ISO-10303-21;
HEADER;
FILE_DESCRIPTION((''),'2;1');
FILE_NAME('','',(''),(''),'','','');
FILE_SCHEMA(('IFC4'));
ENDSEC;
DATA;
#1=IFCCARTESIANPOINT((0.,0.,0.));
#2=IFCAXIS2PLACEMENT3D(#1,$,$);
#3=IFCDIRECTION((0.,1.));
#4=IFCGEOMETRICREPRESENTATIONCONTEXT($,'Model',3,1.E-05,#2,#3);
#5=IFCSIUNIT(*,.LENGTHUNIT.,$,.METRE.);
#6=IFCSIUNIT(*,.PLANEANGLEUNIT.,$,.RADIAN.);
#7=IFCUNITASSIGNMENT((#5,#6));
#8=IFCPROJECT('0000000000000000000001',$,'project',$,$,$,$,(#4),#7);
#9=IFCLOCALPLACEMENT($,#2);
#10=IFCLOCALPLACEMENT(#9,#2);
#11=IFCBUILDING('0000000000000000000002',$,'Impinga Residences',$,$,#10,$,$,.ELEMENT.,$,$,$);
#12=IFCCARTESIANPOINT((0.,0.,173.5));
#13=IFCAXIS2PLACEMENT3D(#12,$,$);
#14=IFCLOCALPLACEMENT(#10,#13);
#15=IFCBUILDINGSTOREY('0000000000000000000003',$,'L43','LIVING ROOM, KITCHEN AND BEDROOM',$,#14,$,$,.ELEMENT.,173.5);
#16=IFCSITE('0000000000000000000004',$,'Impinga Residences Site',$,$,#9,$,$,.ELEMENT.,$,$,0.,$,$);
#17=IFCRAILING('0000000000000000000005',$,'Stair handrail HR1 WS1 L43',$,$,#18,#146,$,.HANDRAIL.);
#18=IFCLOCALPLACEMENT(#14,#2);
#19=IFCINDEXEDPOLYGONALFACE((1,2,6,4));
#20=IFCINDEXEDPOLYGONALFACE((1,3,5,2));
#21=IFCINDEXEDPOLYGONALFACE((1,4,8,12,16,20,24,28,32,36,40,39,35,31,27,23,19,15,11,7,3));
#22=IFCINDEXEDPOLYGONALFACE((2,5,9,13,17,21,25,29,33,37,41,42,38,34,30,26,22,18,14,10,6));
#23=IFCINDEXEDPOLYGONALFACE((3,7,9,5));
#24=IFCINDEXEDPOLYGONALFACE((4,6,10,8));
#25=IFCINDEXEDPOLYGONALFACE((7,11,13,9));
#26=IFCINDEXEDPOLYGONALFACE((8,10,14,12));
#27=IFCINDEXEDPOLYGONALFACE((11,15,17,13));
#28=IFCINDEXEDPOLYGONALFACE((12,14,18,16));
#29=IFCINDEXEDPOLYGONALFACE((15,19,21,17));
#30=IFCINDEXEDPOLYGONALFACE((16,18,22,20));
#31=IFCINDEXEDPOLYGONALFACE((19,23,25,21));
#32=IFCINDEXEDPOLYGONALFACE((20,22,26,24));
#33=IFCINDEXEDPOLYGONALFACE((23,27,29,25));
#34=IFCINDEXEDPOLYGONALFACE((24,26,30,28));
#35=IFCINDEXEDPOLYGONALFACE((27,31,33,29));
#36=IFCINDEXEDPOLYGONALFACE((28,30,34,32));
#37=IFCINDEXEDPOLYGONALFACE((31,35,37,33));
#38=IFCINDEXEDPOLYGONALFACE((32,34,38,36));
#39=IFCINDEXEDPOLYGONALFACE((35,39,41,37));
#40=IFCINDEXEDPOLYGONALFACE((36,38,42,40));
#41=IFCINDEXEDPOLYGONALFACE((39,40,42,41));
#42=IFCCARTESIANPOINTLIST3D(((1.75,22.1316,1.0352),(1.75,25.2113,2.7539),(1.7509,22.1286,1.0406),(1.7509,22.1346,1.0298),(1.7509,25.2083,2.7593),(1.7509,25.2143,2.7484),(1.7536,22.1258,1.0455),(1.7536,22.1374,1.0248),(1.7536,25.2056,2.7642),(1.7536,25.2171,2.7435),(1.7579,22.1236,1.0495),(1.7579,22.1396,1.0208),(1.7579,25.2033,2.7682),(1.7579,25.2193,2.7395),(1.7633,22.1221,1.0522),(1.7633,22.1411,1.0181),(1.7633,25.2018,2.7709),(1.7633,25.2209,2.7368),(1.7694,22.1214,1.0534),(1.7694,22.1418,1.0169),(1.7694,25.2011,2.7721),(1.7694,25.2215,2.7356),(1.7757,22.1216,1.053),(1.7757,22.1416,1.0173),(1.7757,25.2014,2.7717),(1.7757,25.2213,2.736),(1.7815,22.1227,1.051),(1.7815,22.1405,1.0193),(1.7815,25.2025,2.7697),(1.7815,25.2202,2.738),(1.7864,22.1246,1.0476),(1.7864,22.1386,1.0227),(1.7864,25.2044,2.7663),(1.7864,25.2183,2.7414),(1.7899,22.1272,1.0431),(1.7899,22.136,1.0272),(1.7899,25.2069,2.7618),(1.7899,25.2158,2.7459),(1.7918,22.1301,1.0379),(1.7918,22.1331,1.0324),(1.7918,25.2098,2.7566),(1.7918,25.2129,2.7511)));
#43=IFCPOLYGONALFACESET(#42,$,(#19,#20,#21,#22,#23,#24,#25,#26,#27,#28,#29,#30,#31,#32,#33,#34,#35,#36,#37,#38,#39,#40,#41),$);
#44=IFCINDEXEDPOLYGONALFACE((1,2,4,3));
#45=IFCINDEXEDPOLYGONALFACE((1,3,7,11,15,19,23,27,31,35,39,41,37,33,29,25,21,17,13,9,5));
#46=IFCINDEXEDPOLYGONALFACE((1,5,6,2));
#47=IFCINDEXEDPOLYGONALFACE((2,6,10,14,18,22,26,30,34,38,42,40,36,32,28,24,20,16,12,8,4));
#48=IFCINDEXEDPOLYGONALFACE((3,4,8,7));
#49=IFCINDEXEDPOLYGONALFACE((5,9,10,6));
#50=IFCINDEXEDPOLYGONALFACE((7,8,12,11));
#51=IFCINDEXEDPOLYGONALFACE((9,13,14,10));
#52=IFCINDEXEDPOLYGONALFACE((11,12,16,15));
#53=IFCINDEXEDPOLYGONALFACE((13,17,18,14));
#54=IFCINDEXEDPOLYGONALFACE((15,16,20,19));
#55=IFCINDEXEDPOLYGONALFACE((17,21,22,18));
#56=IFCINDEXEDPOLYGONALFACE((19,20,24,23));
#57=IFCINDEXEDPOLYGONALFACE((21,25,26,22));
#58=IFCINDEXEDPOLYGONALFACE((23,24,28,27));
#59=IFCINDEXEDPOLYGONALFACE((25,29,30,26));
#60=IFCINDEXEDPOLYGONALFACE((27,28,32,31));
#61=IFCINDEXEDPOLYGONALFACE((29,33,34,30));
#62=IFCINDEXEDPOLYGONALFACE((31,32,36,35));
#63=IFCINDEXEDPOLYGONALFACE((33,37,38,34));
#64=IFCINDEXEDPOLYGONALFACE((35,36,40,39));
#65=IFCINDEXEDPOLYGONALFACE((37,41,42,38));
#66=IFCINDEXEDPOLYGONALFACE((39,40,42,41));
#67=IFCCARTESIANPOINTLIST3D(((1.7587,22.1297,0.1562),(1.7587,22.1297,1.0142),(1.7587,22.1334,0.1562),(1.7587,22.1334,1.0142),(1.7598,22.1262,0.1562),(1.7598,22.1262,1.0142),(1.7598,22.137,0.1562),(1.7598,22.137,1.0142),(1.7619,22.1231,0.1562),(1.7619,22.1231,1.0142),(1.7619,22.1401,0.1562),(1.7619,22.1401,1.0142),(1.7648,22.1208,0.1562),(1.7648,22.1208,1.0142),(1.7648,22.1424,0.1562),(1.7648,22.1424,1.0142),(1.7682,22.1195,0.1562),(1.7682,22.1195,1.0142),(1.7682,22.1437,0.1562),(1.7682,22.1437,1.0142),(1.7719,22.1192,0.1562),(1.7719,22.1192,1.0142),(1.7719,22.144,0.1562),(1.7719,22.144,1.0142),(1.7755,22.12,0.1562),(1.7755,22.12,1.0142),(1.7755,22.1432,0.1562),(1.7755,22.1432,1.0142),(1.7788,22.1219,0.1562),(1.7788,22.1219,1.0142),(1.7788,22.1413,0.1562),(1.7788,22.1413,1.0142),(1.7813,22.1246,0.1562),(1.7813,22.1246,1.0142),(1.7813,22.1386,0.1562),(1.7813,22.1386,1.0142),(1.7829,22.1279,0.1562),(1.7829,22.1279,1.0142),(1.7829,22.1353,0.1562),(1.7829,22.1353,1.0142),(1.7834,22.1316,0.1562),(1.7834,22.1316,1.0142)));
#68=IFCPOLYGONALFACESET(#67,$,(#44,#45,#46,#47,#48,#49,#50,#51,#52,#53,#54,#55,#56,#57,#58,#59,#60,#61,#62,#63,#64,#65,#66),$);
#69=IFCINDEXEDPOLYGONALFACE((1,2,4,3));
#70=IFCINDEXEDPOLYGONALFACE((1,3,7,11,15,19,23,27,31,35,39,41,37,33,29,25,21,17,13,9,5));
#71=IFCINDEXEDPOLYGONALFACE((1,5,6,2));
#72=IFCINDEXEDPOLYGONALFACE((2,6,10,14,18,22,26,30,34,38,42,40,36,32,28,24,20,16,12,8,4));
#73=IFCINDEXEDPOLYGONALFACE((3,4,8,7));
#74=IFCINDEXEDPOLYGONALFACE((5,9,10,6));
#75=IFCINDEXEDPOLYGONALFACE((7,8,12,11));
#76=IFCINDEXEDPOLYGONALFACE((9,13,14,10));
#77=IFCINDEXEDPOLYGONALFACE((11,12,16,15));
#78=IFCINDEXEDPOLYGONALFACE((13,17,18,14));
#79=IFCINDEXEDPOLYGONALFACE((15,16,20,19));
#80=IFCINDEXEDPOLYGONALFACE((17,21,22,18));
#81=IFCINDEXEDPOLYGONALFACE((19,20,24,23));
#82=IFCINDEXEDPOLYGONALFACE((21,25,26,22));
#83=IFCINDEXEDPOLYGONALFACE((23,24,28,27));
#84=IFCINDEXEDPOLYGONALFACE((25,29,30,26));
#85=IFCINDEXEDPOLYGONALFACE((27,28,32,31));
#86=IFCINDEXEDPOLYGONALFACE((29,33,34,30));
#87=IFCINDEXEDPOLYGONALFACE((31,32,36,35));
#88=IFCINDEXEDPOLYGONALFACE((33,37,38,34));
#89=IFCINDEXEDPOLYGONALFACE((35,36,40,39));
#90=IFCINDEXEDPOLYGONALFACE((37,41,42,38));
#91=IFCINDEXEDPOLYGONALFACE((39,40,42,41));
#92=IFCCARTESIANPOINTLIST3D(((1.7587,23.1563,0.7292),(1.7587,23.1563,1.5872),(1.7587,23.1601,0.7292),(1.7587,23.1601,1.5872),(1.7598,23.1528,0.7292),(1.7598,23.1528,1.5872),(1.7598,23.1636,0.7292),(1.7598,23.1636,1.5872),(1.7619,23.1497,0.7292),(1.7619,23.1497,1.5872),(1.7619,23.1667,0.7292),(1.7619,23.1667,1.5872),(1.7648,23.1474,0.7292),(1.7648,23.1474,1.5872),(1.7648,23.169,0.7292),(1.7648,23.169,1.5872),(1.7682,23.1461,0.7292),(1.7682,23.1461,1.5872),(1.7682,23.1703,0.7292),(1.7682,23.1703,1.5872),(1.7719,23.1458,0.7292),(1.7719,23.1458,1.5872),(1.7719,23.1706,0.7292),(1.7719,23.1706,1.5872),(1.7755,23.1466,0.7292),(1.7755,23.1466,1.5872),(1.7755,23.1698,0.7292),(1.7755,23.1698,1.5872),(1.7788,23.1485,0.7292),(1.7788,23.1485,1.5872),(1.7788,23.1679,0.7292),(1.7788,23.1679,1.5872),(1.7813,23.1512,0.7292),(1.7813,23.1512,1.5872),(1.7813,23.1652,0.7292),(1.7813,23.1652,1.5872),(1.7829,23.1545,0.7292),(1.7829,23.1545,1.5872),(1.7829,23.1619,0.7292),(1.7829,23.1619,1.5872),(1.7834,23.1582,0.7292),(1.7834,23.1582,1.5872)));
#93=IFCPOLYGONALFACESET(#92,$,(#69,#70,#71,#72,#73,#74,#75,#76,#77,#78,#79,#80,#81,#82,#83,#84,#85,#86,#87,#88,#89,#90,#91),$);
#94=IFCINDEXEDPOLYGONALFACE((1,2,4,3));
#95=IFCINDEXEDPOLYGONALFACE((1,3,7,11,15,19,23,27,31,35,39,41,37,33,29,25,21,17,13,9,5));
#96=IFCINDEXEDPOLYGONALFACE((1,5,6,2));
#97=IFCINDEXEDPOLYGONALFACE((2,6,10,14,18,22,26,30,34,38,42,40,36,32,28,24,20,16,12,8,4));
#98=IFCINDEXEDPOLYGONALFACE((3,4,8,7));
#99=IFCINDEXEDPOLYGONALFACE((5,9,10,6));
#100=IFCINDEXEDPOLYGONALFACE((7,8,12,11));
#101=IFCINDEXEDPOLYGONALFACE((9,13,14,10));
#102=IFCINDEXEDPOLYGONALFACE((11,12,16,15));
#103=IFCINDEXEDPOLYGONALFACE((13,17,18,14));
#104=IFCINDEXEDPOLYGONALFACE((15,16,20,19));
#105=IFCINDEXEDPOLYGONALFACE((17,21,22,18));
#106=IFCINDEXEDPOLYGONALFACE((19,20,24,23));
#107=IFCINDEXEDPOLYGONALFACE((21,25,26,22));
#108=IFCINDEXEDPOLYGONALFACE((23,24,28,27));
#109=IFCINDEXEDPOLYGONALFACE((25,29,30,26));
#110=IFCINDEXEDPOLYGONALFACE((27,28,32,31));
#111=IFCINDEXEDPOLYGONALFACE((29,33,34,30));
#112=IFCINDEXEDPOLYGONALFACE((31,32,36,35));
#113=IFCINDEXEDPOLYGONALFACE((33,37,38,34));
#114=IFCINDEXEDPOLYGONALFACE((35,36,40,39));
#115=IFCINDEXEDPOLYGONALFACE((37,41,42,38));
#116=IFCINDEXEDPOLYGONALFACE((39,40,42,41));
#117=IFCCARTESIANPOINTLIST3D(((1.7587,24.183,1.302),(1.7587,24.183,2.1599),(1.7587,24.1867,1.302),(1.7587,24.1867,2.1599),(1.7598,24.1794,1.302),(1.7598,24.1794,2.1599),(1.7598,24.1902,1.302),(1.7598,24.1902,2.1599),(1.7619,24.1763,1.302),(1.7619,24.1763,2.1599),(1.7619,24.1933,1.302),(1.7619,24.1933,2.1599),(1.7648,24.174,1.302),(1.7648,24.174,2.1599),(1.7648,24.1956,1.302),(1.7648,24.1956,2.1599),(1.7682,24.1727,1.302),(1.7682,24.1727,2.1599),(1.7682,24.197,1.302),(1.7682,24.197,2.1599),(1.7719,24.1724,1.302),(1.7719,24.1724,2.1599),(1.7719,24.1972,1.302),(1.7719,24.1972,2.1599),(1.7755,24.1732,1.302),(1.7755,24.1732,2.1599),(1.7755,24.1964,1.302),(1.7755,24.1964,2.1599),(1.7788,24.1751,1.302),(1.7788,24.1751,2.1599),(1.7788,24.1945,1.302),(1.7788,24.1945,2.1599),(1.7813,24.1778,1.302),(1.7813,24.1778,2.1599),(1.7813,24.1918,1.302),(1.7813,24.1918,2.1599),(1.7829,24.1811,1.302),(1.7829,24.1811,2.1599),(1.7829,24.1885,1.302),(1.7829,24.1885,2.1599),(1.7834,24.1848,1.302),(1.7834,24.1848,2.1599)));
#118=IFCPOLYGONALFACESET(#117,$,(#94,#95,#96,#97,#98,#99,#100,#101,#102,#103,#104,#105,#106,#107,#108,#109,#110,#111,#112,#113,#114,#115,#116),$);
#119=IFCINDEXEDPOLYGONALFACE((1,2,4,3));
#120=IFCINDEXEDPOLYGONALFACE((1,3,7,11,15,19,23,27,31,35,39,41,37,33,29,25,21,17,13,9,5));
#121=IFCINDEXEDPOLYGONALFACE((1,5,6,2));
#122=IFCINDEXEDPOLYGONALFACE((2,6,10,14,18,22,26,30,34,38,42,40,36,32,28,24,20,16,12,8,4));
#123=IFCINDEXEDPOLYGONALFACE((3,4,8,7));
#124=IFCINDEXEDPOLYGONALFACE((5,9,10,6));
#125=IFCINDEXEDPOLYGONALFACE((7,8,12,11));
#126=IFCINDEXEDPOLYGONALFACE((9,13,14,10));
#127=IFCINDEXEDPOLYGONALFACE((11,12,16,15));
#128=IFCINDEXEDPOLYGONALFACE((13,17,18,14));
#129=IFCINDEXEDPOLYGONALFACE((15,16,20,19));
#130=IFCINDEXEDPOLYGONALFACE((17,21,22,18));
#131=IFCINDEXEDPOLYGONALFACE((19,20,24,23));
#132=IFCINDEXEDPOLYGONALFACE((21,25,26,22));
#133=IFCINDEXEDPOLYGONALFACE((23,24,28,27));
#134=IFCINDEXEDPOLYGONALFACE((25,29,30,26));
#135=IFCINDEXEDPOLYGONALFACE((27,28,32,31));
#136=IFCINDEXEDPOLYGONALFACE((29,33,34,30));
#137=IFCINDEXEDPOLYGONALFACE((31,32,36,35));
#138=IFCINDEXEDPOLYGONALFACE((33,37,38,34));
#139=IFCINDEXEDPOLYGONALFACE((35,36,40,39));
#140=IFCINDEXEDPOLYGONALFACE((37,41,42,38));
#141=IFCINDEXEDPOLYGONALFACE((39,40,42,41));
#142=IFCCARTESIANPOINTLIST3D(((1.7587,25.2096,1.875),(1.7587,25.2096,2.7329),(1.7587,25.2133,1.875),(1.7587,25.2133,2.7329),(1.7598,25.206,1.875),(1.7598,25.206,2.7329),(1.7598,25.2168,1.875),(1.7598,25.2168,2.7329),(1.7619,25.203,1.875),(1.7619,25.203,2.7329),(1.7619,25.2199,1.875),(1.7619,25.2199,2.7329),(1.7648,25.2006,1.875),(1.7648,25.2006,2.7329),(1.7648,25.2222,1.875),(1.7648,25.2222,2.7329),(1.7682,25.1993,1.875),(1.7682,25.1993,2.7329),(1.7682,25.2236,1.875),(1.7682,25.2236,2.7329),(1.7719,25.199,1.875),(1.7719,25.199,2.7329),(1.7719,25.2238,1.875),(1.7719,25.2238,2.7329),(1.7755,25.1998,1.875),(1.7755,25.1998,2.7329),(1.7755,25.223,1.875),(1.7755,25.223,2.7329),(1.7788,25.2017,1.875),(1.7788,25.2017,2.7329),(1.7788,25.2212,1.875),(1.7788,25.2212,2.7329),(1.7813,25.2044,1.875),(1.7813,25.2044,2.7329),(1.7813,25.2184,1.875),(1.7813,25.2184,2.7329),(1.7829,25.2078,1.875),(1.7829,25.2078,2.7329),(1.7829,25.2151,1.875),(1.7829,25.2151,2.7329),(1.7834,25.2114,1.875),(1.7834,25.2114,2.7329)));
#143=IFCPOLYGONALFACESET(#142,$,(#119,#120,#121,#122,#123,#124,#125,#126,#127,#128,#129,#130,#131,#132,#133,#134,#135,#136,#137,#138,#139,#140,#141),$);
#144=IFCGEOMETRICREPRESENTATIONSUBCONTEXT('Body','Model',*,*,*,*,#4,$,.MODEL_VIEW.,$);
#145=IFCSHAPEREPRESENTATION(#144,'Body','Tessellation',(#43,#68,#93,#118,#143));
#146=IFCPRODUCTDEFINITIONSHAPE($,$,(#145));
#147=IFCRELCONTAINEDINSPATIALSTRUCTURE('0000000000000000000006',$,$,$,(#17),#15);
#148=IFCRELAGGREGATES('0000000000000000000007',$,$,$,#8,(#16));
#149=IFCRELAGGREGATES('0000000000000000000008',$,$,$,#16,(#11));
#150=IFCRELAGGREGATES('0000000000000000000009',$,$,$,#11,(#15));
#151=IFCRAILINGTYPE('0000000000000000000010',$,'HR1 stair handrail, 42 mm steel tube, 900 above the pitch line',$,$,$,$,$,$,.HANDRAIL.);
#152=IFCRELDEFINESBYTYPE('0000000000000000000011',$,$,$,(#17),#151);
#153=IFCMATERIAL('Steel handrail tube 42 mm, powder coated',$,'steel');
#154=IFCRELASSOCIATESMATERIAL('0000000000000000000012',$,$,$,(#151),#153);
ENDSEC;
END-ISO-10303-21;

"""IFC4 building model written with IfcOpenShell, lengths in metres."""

from ifc_helpers import new_model, si_unit, direction, frame, origin, origin_2d, place, context, subcontext, project, spatial, circle, extrude, material, type_object, element, save


model = new_model("IFC4")

# Units and contexts
model_context = context("Model", 3, precision=1e-05, world=origin(), true_north=direction((0.0, 1.0)))
body_context = subcontext(model_context, "Body", "Model", "MODEL_VIEW")
ifc_project = project(units=[si_unit("LENGTHUNIT", "METRE"), si_unit("PLANEANGLEUNIT", "RADIAN")], contexts=[model_context])

# Site, building, storey
site_placement = place(None, origin())
site = spatial("IfcSite", under=ifc_project, at=site_placement, Name="Impinga Residences Site", CompositionType="ELEMENT", RefElevation=0.0)
building_placement = place(site_placement, origin())
building = spatial("IfcBuilding", under=site, at=building_placement, Name="Impinga Residences", CompositionType="ELEMENT")
storey_placement = place(building_placement, frame((0.0, 0.0, 173.5)))
storey = spatial("IfcBuildingStorey", under=building, at=storey_placement, Name="L43", Description="LIVING ROOM, KITCHEN AND BEDROOM", CompositionType="ELEMENT", Elevation=173.5)

# Railing
ifc_material_1 = material(Name="Steel handrail tube 42 mm, powder coated", Category="steel")
railing_type_1 = type_object("IfcRailingType", Name="HR1 stair handrail, 42 mm steel tube, 900 above the pitch line", PredefinedType="HANDRAIL", material=ifc_material_1)
railing_1_placement = place(storey_placement, frame((1.771, 22.1316, 0.1562)))
element("IfcRailing", 1, at=railing_1_placement, inside=storey, type_object=railing_type_1, Name="Stair handrail HR1 WS1 L43", PredefinedType="HANDRAIL", context=body_context, shape_type="SweptSolid", body=[
    extrude(circle(Radius=0.021, at=origin_2d()), frame((0.0, 0.0, 0.8789), z_axis=(0.0, 0.873225, 0.487317), x_axis=(-1.0, 0.0, 0.0)), (0.0, 0.0, 1.0), 3.5269),
    extrude(circle(Radius=0.0125, at=origin_2d()), origin(), (0.0, 0.0, 1.0), 0.8579),
    extrude(circle(Radius=0.0125, at=origin_2d()), frame((0.0, 1.0266, 0.573)), (0.0, 0.0, 1.0), 0.8579),
    extrude(circle(Radius=0.0125, at=origin_2d()), frame((0.0, 2.0532, 1.1458)), (0.0, 0.0, 1.0), 0.8579),
    extrude(circle(Radius=0.0125, at=origin_2d()), frame((0.0, 3.0798, 1.7188)), (0.0, 0.0, 1.0), 0.8579),
])

save(model, "model.ifc")
